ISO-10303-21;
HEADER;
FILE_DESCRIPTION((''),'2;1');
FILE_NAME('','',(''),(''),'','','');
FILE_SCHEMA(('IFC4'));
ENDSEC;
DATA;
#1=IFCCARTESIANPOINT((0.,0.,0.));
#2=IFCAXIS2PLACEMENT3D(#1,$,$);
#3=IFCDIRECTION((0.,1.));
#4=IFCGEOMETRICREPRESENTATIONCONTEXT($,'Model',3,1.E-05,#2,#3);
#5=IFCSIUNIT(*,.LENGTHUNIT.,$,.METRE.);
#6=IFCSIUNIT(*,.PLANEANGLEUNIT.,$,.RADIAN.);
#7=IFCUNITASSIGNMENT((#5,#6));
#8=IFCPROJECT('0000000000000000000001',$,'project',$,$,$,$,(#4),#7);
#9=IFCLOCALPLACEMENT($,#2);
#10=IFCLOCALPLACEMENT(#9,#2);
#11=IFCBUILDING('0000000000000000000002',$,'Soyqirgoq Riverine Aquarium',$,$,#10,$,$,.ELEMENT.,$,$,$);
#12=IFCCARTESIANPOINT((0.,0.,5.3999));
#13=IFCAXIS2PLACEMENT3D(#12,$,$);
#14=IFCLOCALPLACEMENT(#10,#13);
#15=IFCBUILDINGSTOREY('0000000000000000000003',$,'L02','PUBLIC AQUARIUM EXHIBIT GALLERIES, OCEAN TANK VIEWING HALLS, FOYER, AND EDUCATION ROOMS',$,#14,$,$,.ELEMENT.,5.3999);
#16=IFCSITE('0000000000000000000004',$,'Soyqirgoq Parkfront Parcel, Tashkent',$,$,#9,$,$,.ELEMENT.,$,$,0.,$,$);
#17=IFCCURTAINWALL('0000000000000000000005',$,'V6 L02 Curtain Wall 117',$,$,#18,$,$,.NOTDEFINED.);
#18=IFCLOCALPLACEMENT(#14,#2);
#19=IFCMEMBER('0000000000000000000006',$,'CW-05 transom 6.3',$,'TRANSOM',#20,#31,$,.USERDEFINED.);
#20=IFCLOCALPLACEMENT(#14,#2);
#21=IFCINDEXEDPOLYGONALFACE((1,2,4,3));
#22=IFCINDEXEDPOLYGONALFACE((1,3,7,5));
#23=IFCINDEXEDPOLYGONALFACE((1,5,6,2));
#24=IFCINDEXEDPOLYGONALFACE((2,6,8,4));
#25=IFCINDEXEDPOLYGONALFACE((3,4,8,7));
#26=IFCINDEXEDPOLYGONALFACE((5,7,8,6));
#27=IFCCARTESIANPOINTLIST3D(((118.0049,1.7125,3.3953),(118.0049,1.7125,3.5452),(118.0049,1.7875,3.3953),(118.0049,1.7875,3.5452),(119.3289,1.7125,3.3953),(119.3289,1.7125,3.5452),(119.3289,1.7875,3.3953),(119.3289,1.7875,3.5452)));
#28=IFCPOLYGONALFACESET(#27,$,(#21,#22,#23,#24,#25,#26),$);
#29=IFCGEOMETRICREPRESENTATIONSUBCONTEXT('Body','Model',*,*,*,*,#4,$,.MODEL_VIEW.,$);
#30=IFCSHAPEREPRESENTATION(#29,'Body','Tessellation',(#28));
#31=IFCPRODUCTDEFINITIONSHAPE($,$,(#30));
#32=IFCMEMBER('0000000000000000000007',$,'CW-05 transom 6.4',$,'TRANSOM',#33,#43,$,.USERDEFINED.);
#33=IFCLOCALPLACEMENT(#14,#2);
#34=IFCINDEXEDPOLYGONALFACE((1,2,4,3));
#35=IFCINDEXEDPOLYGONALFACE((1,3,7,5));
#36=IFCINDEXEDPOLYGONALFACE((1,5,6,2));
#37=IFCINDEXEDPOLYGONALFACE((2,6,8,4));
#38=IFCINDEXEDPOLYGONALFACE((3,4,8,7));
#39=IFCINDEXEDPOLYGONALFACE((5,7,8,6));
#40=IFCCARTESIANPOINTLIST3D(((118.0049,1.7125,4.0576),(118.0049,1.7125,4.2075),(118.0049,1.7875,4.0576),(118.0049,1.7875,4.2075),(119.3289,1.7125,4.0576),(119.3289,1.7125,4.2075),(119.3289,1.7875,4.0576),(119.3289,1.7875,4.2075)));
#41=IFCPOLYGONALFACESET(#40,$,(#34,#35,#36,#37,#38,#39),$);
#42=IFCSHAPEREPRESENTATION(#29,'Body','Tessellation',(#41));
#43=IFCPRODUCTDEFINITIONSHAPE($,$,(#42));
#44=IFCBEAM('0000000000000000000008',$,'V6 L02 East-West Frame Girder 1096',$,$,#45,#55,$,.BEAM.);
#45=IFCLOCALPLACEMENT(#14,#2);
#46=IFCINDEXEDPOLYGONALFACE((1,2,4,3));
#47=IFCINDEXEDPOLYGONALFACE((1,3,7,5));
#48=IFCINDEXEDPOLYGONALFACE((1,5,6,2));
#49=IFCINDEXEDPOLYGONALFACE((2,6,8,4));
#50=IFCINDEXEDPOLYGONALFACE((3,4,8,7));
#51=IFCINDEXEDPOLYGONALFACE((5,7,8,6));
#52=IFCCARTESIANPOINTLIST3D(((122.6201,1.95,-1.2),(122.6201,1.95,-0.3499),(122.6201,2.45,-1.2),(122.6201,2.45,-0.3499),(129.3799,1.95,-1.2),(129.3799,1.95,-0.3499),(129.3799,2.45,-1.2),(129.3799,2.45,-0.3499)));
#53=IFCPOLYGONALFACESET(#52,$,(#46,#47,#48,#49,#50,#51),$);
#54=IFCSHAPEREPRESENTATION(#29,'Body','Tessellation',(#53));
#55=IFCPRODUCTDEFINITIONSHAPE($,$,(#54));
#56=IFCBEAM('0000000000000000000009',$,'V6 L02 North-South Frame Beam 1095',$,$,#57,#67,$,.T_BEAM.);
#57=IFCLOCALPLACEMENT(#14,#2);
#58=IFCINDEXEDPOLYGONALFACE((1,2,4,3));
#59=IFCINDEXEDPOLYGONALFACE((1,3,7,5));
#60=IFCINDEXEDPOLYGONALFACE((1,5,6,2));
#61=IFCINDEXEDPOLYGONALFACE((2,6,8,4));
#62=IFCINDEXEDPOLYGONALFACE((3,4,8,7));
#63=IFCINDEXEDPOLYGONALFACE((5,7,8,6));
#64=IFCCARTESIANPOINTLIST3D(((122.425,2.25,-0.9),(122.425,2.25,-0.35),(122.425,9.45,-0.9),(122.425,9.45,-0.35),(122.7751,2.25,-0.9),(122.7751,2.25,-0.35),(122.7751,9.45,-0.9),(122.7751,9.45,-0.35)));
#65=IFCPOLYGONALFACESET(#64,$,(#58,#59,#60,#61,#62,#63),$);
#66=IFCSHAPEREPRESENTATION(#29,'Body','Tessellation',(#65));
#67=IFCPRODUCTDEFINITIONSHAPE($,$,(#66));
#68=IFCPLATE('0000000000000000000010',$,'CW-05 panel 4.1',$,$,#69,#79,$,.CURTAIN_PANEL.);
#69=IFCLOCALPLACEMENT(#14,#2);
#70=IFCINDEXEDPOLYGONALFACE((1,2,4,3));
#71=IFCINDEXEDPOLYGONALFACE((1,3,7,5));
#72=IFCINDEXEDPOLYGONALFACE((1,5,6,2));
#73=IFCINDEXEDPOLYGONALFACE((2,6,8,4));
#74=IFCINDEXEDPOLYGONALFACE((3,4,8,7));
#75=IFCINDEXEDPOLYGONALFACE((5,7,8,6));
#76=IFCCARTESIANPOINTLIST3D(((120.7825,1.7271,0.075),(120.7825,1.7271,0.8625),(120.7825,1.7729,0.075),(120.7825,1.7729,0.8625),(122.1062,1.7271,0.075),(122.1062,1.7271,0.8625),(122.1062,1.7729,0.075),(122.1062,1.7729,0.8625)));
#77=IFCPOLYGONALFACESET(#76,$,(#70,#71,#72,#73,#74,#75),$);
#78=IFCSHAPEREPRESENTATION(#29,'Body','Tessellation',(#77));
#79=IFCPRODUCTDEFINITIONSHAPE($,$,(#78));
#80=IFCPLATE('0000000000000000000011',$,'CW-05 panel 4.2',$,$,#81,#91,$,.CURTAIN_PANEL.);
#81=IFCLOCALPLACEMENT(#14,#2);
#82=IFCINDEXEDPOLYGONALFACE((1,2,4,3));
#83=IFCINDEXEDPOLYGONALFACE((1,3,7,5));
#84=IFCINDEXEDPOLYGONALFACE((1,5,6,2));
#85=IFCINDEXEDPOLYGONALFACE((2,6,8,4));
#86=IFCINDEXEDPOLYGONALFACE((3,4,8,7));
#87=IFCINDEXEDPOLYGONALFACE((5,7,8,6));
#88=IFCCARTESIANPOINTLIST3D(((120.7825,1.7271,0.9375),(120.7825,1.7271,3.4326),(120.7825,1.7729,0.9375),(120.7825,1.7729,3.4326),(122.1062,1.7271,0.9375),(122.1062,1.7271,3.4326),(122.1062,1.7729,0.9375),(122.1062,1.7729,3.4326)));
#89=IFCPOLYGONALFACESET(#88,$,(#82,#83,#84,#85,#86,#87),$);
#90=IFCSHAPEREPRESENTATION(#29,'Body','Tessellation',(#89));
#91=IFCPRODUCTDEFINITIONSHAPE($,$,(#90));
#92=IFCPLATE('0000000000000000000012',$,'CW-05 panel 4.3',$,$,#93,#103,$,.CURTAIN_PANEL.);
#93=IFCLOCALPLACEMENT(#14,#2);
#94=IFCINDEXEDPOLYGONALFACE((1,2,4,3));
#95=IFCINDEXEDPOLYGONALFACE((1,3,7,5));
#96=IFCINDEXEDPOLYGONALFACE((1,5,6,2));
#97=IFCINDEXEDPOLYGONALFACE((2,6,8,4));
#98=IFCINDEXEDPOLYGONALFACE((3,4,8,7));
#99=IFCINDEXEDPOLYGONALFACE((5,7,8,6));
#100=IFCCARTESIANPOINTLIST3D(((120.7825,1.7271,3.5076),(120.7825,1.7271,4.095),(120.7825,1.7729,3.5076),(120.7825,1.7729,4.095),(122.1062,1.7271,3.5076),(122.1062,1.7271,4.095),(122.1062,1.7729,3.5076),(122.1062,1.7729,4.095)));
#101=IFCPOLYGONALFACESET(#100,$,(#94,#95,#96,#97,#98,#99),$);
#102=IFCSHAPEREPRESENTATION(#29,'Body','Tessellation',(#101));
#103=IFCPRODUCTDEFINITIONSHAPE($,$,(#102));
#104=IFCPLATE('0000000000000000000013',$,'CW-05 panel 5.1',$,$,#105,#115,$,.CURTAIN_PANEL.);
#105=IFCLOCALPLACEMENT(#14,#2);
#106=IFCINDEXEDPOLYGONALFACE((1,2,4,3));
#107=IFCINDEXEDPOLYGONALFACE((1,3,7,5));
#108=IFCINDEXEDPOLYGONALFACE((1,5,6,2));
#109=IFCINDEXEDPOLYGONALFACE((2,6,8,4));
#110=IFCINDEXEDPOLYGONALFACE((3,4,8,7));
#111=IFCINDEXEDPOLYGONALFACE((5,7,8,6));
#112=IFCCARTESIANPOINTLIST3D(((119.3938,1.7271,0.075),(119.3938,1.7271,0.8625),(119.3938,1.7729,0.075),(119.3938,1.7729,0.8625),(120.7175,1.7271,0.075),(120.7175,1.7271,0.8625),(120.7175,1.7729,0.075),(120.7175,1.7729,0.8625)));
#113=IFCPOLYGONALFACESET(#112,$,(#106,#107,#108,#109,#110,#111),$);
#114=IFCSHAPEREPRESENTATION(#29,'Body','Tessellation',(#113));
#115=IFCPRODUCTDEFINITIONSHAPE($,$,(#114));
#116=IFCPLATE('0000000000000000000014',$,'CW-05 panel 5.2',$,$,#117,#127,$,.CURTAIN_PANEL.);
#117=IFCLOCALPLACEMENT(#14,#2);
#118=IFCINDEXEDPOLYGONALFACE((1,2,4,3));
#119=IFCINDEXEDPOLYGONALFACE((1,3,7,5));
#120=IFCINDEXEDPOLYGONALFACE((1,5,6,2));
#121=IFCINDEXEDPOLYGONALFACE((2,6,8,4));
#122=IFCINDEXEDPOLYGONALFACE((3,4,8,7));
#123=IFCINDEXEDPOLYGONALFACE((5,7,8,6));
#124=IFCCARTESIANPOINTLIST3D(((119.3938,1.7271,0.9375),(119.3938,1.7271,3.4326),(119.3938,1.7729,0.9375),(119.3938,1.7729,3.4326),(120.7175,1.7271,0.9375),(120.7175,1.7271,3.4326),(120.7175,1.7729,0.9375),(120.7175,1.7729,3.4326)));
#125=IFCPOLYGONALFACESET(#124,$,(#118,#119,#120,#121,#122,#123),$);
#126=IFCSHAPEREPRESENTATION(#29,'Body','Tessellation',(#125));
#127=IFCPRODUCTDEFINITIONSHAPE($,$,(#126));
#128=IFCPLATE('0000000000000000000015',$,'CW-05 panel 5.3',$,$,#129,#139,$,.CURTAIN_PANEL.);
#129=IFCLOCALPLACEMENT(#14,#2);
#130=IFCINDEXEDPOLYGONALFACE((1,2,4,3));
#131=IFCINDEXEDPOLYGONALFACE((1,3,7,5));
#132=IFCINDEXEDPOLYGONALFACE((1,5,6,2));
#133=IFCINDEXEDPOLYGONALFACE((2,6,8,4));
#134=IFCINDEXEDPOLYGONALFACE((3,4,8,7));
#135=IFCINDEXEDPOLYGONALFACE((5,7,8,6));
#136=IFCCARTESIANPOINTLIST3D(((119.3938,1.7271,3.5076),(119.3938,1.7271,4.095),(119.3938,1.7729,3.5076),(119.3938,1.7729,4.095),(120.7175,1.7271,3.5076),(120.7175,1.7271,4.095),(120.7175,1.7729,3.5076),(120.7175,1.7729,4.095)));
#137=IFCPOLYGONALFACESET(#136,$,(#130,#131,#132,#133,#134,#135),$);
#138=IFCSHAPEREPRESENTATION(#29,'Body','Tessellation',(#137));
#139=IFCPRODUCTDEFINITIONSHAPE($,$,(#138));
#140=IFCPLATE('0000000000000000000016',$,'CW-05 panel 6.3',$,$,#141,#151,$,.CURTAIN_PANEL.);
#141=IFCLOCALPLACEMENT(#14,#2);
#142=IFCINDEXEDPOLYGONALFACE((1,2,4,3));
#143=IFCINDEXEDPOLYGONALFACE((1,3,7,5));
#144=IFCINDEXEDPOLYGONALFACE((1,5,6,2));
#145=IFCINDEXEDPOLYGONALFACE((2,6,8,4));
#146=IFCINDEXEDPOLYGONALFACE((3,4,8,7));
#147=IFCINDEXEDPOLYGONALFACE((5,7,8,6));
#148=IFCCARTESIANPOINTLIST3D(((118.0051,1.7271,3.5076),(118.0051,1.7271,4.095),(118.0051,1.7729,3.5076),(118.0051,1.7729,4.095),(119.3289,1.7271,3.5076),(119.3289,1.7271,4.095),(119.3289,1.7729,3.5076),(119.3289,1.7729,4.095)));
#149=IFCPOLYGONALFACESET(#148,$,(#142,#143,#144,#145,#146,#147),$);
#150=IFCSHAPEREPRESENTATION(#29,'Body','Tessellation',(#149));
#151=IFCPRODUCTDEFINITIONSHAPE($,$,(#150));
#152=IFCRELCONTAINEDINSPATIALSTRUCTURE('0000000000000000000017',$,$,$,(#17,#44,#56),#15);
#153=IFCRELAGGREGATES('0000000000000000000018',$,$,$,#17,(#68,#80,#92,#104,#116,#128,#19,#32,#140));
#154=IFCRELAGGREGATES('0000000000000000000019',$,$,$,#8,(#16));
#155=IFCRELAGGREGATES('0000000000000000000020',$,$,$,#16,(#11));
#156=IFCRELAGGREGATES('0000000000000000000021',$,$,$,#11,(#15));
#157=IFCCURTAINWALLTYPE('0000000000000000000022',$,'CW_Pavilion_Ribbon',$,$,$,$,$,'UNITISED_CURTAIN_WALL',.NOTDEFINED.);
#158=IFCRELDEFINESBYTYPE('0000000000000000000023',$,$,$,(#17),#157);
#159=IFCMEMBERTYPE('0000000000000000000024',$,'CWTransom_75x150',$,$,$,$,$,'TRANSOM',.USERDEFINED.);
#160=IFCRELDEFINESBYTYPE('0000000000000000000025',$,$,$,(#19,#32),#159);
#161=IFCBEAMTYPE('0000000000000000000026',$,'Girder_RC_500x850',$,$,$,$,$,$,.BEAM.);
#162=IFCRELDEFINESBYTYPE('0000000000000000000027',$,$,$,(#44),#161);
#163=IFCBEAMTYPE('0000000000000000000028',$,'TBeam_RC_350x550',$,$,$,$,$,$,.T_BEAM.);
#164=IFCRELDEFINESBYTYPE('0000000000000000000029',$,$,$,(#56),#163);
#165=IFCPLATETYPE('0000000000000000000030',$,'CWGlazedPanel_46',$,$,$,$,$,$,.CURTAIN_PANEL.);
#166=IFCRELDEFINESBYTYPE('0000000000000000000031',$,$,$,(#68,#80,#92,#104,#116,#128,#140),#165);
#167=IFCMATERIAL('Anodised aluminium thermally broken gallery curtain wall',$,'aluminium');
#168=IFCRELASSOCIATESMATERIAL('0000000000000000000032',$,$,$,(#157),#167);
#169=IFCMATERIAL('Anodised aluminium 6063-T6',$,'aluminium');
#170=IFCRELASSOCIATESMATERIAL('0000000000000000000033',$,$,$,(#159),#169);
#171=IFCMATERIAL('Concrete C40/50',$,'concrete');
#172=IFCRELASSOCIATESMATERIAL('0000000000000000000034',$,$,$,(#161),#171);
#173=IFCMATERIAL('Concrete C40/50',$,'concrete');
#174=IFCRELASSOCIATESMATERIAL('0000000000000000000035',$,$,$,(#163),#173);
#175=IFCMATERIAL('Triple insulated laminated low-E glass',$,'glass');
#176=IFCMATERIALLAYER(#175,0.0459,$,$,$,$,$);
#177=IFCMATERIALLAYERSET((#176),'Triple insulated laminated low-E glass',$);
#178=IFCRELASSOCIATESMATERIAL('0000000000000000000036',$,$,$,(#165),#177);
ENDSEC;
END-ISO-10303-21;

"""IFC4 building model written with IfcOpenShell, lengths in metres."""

from ifc_helpers import new_model, si_unit, direction, frame, origin, origin_2d, place, context, subcontext, project, spatial, rectangle, extrude, material, layer, layer_set, material_profile, profile_set, type_object, element, aggregate, save


model = new_model("IFC4")

# Units and contexts
model_context = context("Model", 3, precision=1e-05, world=origin(), true_north=direction((0.0, 1.0)))
body_context = subcontext(model_context, "Body", "Model", "MODEL_VIEW")
ifc_project = project(units=[si_unit("LENGTHUNIT", "METRE"), si_unit("PLANEANGLEUNIT", "RADIAN")], contexts=[model_context])

# Site, building, storey
site_placement = place(None, origin())
site = spatial("IfcSite", under=ifc_project, at=site_placement, Name="Soyqirgoq Parkfront Parcel, Tashkent", CompositionType="ELEMENT", RefElevation=0.0)
building_placement = place(site_placement, origin())
building = spatial("IfcBuilding", under=site, at=building_placement, Name="Soyqirgoq Riverine Aquarium", CompositionType="ELEMENT")
storey_placement = place(building_placement, frame((0.0, 0.0, 5.3999)))
storey = spatial("IfcBuildingStorey", under=building, at=storey_placement, Name="L02", Description="PUBLIC AQUARIUM EXHIBIT GALLERIES, OCEAN TANK VIEWING HALLS, FOYER, AND EDUCATION ROOMS", CompositionType="ELEMENT", Elevation=5.3999)

# Curtain wall, members
ifc_material_1 = material(Name="Anodised aluminium thermally broken gallery curtain wall", Category="aluminium")
curtain_wall_type = type_object("IfcCurtainWallType", Name="CW_Pavilion_Ribbon", ElementType="UNITISED_CURTAIN_WALL", PredefinedType="NOTDEFINED", material=ifc_material_1)
curtain_wall_placement = place(storey_placement, origin())
curtain_wall = element("IfcCurtainWall", 1, at=curtain_wall_placement, inside=storey, type_object=curtain_wall_type, Name="V6 L02 Curtain Wall 117", PredefinedType="NOTDEFINED")
ifc_material_2 = material(Name="Anodised aluminium 6063-T6", Category="aluminium")
ifc_material_profile_1 = material_profile(ifc_material_2, rectangle(XDim=0.075, YDim=0.1499, at=origin_2d()), Name="ALU-T 75x150")
ifc_profile_set_1 = profile_set([ifc_material_profile_1], Name="Anodised aluminium 6063-T6")
member_type_1 = type_object("IfcMemberType", Name="CWTransom_75x150", ElementType="TRANSOM", PredefinedType="USERDEFINED", material=ifc_profile_set_1)
member_1_placement = place(storey_placement, frame((119.3289, 1.75, 3.4702), z_axis=(-1.0, 0.0, 0.0), x_axis=(0.0, -1.0, 0.0)))
member_1 = element("IfcMember", 2, at=member_1_placement, type_object=member_type_1, Name="CW-05 transom 6.3", ObjectType="TRANSOM", PredefinedType="USERDEFINED", context=body_context, shape_type="SweptSolid", body=[
    extrude(rectangle(XDim=0.075, YDim=0.1499, at=origin_2d()), origin(), (0.0, 0.0, 1.0), 1.324),
])
member_2_placement = place(storey_placement, frame((119.3289, 1.75, 4.1326), z_axis=(-1.0, 0.0, 0.0), x_axis=(0.0, -1.0, 0.0)))
member_2 = element("IfcMember", 3, at=member_2_placement, type_object=member_type_1, Name="CW-05 transom 6.4", ObjectType="TRANSOM", PredefinedType="USERDEFINED", context=body_context, shape_type="SweptSolid", body=[
    extrude(rectangle(XDim=0.075, YDim=0.1499, at=origin_2d()), origin(), (0.0, 0.0, 1.0), 1.324),
])

# Beams
ifc_material_3 = material(Name="Concrete C40/50", Category="concrete")
ifc_material_profile_2 = material_profile(ifc_material_3, rectangle(XDim=0.5, YDim=0.8501, at=origin_2d()), Name="RC 500x850")
ifc_profile_set_2 = profile_set([ifc_material_profile_2], Name="Concrete C40/50")
beam_type_1 = type_object("IfcBeamType", Name="Girder_RC_500x850", PredefinedType="BEAM", material=ifc_profile_set_2)
beam_1_placement = place(storey_placement, frame((122.6201, 2.2, -0.7749), z_axis=(1.0, 0.0, 0.0), x_axis=(0.0, 1.0, 0.0)))
element("IfcBeam", 4, at=beam_1_placement, inside=storey, type_object=beam_type_1, Name="V6 L02 East-West Frame Girder 1096", PredefinedType="BEAM", context=body_context, shape_type="SweptSolid", body=[
    extrude(rectangle(XDim=0.5, YDim=0.8501, at=origin_2d()), origin(), (0.0, 0.0, 1.0), 6.7598),
])
ifc_material_4 = material(Name="Concrete C40/50", Category="concrete")
ifc_material_profile_3 = material_profile(ifc_material_4, rectangle(XDim=0.3501, YDim=0.55, at=origin_2d()), Name="RC 350x550")
ifc_profile_set_3 = profile_set([ifc_material_profile_3], Name="Concrete C40/50")
beam_type_2 = type_object("IfcBeamType", Name="TBeam_RC_350x550", PredefinedType="T_BEAM", material=ifc_profile_set_3)
beam_2_placement = place(storey_placement, frame((122.6001, 2.25, -0.625), z_axis=(0.0, 1.0, 0.0), x_axis=(-1.0, 0.0, 0.0)))
element("IfcBeam", 5, at=beam_2_placement, inside=storey, type_object=beam_type_2, Name="V6 L02 North-South Frame Beam 1095", PredefinedType="T_BEAM", context=body_context, shape_type="SweptSolid", body=[
    extrude(rectangle(XDim=0.3501, YDim=0.55, at=origin_2d()), origin(), (0.0, 0.0, 1.0), 7.2),
])

# Plates
ifc_material_5 = material(Name="Triple insulated laminated low-E glass", Category="glass")
ifc_layer = layer(ifc_material_5, 0.0459)
ifc_layer_set = layer_set([ifc_layer], Name="Triple insulated laminated low-E glass")
plate_type = type_object("IfcPlateType", Name="CWGlazedPanel_46", PredefinedType="CURTAIN_PANEL", material=ifc_layer_set)
plate_1_placement = place(storey_placement, frame((121.4443, 1.75, 0.075), z_axis=(0.0, 0.0, 1.0), x_axis=(-1.0, 0.0, 0.0)))
plate_1 = element("IfcPlate", 6, at=plate_1_placement, type_object=plate_type, Name="CW-05 panel 4.1", PredefinedType="CURTAIN_PANEL", context=body_context, shape_type="SweptSolid", body=[
    extrude(rectangle(XDim=1.3237, YDim=0.0459, at=origin_2d()), origin(), (0.0, 0.0, 1.0), 0.7876),
])
plate_2_placement = place(storey_placement, frame((121.4443, 1.75, 0.9375), z_axis=(0.0, 0.0, 1.0), x_axis=(-1.0, 0.0, 0.0)))
plate_2 = element("IfcPlate", 7, at=plate_2_placement, type_object=plate_type, Name="CW-05 panel 4.2", PredefinedType="CURTAIN_PANEL", context=body_context, shape_type="SweptSolid", body=[
    extrude(rectangle(XDim=1.3237, YDim=0.0459, at=origin_2d()), origin(), (0.0, 0.0, 1.0), 2.4951),
])
plate_3_placement = place(storey_placement, frame((121.4443, 1.75, 3.5076), z_axis=(0.0, 0.0, 1.0), x_axis=(-1.0, 0.0, 0.0)))
plate_3 = element("IfcPlate", 8, at=plate_3_placement, type_object=plate_type, Name="CW-05 panel 4.3", PredefinedType="CURTAIN_PANEL", context=body_context, shape_type="SweptSolid", body=[
    extrude(rectangle(XDim=1.3237, YDim=0.0459, at=origin_2d()), origin(), (0.0, 0.0, 1.0), 0.5874),
])
plate_4_placement = place(storey_placement, frame((120.0557, 1.75, 0.075), z_axis=(0.0, 0.0, 1.0), x_axis=(-1.0, 0.0, 0.0)))
plate_4 = element("IfcPlate", 9, at=plate_4_placement, type_object=plate_type, Name="CW-05 panel 5.1", PredefinedType="CURTAIN_PANEL", context=body_context, shape_type="SweptSolid", body=[
    extrude(rectangle(XDim=1.3237, YDim=0.0459, at=origin_2d()), origin(), (0.0, 0.0, 1.0), 0.7876),
])
plate_5_placement = place(storey_placement, frame((120.0557, 1.75, 0.9375), z_axis=(0.0, 0.0, 1.0), x_axis=(-1.0, 0.0, 0.0)))
plate_5 = element("IfcPlate", 10, at=plate_5_placement, type_object=plate_type, Name="CW-05 panel 5.2", PredefinedType="CURTAIN_PANEL", context=body_context, shape_type="SweptSolid", body=[
    extrude(rectangle(XDim=1.3237, YDim=0.0459, at=origin_2d()), origin(), (0.0, 0.0, 1.0), 2.4951),
])
plate_6_placement = place(storey_placement, frame((120.0557, 1.75, 3.5076), z_axis=(0.0, 0.0, 1.0), x_axis=(-1.0, 0.0, 0.0)))
plate_6 = element("IfcPlate", 11, at=plate_6_placement, type_object=plate_type, Name="CW-05 panel 5.3", PredefinedType="CURTAIN_PANEL", context=body_context, shape_type="SweptSolid", body=[
    extrude(rectangle(XDim=1.3237, YDim=0.0459, at=origin_2d()), origin(), (0.0, 0.0, 1.0), 0.5874),
])
plate_7_placement = place(storey_placement, frame((118.667, 1.75, 3.5076), z_axis=(0.0, 0.0, 1.0), x_axis=(-1.0, 0.0, 0.0)))
plate_7 = element("IfcPlate", 12, at=plate_7_placement, type_object=plate_type, Name="CW-05 panel 6.3", PredefinedType="CURTAIN_PANEL", context=body_context, shape_type="SweptSolid", body=[
    extrude(rectangle(XDim=1.3237, YDim=0.0459, at=origin_2d()), origin(), (0.0, 0.0, 1.0), 0.5874),
])
aggregate(curtain_wall, [plate_1, plate_2, plate_3, plate_4, plate_5, plate_6, member_1, member_2, plate_7])

save(model, "model.ifc")
